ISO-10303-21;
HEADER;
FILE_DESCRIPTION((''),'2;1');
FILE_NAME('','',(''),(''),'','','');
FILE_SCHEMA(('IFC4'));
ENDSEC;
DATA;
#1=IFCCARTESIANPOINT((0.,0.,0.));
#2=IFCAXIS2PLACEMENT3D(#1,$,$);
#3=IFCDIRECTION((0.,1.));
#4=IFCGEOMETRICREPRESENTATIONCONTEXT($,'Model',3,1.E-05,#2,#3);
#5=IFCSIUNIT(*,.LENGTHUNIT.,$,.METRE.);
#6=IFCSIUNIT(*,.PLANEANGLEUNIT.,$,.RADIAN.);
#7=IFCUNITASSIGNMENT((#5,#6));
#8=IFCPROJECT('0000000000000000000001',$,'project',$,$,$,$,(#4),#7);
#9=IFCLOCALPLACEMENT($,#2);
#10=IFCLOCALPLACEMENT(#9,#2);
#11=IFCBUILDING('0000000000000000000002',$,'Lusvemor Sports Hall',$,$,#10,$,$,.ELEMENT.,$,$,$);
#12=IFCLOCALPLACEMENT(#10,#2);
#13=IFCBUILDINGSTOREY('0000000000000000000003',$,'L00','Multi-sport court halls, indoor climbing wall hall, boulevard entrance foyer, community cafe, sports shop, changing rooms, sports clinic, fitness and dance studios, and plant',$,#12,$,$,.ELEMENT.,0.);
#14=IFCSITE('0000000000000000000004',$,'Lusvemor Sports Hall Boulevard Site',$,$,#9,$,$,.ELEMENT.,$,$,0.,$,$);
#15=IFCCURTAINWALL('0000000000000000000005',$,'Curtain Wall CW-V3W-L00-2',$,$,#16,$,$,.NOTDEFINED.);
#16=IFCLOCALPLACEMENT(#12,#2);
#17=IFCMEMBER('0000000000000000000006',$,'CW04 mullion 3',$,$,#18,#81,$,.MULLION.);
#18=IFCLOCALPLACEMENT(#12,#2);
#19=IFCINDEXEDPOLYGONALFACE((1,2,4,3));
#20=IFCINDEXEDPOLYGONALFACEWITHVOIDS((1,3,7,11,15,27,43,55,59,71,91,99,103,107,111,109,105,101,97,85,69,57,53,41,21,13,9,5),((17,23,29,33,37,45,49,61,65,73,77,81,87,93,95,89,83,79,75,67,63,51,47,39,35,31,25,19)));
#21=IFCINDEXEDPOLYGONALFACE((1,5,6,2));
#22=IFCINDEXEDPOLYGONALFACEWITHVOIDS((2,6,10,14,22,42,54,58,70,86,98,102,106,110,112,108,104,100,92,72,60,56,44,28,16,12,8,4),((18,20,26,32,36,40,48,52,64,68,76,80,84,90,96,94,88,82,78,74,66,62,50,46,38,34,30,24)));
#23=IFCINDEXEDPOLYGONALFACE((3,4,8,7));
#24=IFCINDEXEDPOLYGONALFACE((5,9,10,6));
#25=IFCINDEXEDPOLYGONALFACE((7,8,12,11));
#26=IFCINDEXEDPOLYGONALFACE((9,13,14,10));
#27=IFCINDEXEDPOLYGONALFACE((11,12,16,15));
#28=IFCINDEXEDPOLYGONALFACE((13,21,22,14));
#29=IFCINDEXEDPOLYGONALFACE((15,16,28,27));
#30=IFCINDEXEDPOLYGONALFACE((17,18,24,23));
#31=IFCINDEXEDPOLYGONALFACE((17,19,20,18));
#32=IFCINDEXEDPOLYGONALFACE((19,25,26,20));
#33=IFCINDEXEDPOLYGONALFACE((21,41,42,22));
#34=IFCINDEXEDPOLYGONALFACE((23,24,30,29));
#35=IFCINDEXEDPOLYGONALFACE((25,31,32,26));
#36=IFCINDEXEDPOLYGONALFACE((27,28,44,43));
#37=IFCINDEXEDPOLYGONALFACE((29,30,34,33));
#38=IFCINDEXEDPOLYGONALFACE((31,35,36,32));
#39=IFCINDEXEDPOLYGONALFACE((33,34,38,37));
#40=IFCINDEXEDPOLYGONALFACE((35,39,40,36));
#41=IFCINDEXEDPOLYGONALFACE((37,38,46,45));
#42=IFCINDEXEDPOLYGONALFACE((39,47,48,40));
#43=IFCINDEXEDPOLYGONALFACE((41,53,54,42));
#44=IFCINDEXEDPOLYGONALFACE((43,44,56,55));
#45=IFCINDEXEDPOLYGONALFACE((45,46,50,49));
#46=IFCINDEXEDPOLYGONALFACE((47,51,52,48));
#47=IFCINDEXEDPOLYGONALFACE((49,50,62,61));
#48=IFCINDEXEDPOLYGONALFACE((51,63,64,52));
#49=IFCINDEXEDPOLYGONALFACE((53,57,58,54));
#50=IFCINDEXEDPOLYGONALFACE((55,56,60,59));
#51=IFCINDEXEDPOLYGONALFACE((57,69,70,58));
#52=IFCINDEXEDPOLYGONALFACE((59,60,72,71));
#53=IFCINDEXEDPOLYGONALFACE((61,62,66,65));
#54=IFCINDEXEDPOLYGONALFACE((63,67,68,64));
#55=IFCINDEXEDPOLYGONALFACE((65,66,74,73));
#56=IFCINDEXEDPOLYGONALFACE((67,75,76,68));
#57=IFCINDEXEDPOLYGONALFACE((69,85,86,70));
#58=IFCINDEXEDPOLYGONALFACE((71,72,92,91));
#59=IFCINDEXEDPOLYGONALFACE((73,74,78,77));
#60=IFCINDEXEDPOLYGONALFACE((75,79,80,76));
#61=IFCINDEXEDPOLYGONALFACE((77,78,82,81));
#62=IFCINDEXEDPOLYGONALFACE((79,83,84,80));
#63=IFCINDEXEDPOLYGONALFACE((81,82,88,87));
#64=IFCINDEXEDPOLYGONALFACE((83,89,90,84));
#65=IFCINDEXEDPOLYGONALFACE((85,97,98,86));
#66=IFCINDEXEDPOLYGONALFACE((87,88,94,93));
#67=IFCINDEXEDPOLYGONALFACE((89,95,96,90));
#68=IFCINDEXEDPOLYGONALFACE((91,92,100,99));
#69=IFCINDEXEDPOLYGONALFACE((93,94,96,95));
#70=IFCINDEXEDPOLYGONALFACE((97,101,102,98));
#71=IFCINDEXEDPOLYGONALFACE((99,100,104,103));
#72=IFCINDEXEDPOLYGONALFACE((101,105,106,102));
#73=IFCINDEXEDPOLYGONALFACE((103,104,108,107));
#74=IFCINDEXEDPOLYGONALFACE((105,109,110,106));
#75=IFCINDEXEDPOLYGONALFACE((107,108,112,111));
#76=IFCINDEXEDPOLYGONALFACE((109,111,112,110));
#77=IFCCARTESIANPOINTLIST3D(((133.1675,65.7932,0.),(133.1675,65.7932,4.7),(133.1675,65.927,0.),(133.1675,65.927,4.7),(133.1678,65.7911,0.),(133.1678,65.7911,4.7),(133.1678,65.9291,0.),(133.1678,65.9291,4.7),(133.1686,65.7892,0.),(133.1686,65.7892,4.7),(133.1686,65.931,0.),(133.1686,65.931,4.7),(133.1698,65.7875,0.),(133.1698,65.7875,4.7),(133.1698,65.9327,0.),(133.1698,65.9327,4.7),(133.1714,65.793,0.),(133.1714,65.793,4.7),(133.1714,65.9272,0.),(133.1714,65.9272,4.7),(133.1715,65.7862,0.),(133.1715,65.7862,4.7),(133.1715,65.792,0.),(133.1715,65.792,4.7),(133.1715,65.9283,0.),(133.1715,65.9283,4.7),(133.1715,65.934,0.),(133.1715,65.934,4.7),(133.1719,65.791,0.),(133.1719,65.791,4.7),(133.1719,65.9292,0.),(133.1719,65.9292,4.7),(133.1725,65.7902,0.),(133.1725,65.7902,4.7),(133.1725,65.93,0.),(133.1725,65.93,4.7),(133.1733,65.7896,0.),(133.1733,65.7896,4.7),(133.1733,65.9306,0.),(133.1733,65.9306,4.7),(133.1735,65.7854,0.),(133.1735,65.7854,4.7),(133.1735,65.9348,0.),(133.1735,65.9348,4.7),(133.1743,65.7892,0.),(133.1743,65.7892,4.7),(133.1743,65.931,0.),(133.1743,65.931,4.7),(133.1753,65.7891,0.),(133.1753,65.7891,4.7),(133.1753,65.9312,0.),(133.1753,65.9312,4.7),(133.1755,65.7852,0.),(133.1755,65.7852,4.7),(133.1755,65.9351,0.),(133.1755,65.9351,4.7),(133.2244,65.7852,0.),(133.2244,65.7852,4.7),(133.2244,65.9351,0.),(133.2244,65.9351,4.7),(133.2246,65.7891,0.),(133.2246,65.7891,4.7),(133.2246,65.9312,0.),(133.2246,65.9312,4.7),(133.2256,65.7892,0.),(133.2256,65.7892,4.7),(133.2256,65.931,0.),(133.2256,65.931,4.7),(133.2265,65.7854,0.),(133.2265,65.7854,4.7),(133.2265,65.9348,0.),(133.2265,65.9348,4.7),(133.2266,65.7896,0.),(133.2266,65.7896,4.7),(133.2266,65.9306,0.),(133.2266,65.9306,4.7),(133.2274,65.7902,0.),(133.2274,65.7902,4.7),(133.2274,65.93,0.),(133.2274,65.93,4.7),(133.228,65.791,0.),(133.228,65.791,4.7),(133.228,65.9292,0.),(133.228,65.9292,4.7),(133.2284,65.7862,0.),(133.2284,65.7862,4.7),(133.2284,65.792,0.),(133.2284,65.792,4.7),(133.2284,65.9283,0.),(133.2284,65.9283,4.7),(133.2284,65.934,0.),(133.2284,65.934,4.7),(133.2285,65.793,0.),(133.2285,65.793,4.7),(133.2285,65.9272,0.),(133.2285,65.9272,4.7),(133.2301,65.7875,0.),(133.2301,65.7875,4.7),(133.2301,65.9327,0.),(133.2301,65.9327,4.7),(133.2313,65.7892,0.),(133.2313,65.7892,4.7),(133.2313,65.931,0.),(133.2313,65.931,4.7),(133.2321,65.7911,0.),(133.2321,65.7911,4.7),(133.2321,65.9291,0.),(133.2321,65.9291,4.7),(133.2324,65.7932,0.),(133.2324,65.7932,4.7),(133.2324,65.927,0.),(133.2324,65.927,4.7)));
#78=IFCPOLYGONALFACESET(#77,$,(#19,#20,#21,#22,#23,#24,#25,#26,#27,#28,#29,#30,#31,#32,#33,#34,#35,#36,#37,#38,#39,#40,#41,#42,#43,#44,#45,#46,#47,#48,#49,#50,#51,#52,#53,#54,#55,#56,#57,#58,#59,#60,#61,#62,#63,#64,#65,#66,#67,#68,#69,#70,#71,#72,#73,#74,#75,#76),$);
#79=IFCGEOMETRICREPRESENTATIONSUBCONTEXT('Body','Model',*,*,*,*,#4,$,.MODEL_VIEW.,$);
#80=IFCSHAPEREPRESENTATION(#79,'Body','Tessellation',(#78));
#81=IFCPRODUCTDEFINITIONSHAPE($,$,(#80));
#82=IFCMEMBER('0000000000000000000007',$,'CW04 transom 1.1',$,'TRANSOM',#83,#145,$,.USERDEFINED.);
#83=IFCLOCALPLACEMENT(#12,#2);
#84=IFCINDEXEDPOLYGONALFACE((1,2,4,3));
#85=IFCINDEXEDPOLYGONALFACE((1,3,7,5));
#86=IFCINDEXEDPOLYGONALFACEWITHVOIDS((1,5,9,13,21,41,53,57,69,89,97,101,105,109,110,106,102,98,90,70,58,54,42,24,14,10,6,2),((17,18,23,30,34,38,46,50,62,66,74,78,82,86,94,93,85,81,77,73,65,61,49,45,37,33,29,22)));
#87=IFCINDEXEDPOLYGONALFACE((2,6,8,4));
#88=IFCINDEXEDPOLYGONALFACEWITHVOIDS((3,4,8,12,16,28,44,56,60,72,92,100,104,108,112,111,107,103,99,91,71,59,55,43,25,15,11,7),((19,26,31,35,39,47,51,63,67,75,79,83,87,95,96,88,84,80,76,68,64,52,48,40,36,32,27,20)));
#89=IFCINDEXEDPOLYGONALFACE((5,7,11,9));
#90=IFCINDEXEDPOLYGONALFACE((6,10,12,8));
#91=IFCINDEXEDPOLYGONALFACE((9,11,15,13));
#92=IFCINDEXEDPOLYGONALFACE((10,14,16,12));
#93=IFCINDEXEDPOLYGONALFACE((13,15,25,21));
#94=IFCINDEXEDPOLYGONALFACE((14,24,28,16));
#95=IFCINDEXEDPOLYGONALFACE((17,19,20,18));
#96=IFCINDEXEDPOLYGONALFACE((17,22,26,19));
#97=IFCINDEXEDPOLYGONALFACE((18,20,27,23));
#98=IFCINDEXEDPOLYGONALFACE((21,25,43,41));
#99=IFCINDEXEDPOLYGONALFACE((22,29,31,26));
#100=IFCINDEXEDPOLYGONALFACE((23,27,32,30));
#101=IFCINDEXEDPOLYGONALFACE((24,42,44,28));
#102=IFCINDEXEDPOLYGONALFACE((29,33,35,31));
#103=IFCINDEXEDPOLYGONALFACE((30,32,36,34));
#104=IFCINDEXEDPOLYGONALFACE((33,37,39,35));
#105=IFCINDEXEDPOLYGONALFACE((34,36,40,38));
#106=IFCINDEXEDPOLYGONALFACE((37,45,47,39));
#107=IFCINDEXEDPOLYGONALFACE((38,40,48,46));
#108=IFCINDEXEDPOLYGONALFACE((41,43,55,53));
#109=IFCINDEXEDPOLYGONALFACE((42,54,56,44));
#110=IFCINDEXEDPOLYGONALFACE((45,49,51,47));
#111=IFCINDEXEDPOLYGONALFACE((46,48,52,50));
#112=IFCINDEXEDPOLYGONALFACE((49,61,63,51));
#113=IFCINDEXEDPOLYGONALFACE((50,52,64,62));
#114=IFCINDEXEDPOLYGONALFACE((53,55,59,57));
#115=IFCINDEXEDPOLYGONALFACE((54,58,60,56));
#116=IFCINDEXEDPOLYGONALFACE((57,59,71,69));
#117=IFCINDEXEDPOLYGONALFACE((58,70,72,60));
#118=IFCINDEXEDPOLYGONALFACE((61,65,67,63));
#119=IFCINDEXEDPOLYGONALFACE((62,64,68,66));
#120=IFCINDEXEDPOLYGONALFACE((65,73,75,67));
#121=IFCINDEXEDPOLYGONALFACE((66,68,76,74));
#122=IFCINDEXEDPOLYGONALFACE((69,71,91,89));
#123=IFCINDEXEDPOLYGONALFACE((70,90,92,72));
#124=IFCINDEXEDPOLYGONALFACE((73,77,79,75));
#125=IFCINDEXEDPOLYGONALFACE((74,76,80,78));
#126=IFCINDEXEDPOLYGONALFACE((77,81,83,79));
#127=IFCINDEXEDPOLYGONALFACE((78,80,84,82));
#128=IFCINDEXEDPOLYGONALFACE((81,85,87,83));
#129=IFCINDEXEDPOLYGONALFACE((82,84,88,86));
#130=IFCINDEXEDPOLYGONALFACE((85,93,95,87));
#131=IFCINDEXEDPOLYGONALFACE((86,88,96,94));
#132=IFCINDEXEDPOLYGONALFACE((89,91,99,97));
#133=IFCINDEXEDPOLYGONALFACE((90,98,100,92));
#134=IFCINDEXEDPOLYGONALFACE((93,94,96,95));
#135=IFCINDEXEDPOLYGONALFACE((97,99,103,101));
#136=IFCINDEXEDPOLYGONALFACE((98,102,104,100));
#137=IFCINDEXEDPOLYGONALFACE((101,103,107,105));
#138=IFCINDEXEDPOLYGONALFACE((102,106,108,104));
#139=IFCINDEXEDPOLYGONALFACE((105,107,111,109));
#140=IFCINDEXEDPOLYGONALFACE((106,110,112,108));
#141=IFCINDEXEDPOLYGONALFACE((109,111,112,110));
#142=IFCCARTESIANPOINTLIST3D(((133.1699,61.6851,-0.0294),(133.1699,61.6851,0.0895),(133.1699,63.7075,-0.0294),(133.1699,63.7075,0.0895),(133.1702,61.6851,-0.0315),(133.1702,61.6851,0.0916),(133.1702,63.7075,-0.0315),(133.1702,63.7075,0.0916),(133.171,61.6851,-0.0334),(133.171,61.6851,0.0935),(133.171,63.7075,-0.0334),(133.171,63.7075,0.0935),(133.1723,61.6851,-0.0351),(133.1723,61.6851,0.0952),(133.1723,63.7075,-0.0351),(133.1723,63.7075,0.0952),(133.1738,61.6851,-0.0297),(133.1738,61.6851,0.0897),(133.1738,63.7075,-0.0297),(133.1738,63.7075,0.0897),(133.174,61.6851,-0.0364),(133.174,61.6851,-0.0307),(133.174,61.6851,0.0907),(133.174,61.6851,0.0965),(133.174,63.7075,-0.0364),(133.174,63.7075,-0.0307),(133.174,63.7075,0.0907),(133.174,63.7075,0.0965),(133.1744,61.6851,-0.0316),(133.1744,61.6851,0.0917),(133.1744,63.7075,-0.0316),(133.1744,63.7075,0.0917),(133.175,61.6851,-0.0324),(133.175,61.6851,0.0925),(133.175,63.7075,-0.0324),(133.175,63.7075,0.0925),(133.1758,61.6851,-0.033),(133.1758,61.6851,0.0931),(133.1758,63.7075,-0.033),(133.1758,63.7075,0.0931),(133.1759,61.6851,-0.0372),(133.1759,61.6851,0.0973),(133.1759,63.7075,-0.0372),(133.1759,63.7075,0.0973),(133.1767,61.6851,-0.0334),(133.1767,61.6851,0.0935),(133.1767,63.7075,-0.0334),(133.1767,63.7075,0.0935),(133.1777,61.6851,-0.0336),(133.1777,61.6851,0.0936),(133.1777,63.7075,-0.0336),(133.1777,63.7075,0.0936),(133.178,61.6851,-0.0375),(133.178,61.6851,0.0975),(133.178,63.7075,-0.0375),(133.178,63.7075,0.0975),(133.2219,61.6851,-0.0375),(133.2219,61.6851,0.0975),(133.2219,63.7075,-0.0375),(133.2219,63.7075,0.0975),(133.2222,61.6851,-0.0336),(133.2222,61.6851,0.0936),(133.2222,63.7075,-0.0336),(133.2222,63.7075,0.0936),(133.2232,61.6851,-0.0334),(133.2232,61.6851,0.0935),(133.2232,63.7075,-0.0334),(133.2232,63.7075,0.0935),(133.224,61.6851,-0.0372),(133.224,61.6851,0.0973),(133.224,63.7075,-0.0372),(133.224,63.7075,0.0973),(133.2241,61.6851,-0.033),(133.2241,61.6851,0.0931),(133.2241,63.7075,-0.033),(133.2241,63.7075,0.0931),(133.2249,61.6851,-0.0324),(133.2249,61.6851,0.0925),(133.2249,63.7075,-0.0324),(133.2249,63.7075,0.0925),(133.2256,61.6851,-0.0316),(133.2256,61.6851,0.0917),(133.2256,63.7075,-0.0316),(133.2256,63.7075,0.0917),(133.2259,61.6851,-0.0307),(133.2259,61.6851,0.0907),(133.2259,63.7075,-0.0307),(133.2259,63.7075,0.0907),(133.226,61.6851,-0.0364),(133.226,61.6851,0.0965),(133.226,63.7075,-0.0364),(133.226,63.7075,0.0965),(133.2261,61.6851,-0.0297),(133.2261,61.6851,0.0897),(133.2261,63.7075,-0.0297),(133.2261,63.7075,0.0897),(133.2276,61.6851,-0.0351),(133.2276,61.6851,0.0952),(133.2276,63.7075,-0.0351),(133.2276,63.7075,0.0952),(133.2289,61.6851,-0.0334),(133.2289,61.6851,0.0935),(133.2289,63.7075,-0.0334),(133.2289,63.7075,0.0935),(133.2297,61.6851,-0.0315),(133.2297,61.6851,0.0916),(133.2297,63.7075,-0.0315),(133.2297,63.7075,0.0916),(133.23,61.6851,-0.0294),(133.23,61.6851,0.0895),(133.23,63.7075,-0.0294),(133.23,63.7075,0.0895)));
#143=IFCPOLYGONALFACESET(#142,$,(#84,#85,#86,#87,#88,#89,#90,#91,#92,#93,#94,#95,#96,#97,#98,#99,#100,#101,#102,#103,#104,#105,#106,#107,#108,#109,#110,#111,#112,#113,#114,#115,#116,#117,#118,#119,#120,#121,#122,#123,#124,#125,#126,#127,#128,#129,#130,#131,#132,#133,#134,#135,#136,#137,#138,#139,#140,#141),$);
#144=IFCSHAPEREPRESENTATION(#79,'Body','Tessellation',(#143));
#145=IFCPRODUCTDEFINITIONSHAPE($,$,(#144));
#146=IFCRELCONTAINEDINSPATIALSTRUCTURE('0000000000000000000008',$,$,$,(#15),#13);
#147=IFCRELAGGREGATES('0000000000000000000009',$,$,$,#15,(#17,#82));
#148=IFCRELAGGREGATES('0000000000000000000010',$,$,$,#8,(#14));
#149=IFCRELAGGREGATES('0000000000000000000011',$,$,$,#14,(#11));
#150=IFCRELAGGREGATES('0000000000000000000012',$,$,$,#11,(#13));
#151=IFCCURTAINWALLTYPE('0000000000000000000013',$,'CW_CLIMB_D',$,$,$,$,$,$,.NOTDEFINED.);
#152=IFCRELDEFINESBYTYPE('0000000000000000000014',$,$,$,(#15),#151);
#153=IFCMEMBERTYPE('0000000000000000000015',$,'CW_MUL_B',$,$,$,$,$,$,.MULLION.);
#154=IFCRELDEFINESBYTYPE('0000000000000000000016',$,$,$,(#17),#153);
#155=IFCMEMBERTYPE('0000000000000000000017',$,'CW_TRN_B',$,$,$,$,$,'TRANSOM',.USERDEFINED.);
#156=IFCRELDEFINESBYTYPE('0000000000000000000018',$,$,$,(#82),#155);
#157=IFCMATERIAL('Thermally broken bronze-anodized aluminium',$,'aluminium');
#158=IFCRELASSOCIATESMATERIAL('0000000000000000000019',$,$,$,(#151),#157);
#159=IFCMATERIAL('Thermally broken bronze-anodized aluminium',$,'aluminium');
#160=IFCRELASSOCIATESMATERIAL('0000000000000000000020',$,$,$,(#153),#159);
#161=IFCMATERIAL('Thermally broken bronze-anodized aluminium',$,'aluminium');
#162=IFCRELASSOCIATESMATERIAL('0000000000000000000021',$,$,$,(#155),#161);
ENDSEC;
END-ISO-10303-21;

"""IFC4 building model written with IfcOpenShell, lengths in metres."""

from ifc_helpers import new_model, si_unit, direction, frame, origin, origin_2d, place, context, subcontext, project, spatial, hollow_rectangle, extrude, material, material_profile, profile_set, type_object, element, aggregate, save


model = new_model("IFC4")

# Units and contexts
model_context = context("Model", 3, precision=1e-05, world=origin(), true_north=direction((0.0, 1.0)))
body_context = subcontext(model_context, "Body", "Model", "MODEL_VIEW")
ifc_project = project(units=[si_unit("LENGTHUNIT", "METRE"), si_unit("PLANEANGLEUNIT", "RADIAN")], contexts=[model_context])

# Site, building, storey
site_placement = place(None, origin())
site = spatial("IfcSite", under=ifc_project, at=site_placement, Name="Lusvemor Sports Hall Boulevard Site", CompositionType="ELEMENT", RefElevation=0.0)
building_placement = place(site_placement, origin())
building = spatial("IfcBuilding", under=site, at=building_placement, Name="Lusvemor Sports Hall", CompositionType="ELEMENT")
storey_placement = place(building_placement, origin())
storey = spatial("IfcBuildingStorey", under=building, at=storey_placement, Name="L00", Description="Multi-sport court halls, indoor climbing wall hall, boulevard entrance foyer, community cafe, sports shop, changing rooms, sports clinic, fitness and dance studios, and plant", CompositionType="ELEMENT", Elevation=0.0)

# Curtain wall, members
ifc_material_1 = material(Name="Thermally broken bronze-anodized aluminium", Category="aluminium")
curtain_wall_type = type_object("IfcCurtainWallType", Name="CW_CLIMB_D", PredefinedType="NOTDEFINED", material=ifc_material_1)
curtain_wall_placement = place(storey_placement, origin())
curtain_wall = element("IfcCurtainWall", 1, at=curtain_wall_placement, inside=storey, type_object=curtain_wall_type, Name="Curtain Wall CW-V3W-L00-2", PredefinedType="NOTDEFINED")
ifc_material_2 = material(Name="Thermally broken bronze-anodized aluminium", Category="aluminium")
ifc_material_profile_1 = material_profile(ifc_material_2, hollow_rectangle(XDim=0.0649, YDim=0.1499, WallThickness=0.0039, InnerFilletRadius=0.0039, OuterFilletRadius=0.0081, at=origin_2d()), Name="CWMUL150x65x4")
ifc_profile_set_1 = profile_set([ifc_material_profile_1], Name="Thermally broken bronze-anodized aluminium")
member_type_1 = type_object("IfcMemberType", Name="CW_MUL_B", PredefinedType="MULLION", material=ifc_profile_set_1)
member_1_placement = place(storey_placement, frame((133.2, 65.8601, 0.0), z_axis=(0.0, 0.0, 1.0), x_axis=(-1.0, 0.0, 0.0)))
member_1 = element("IfcMember", 2, at=member_1_placement, type_object=member_type_1, Name="CW04 mullion 3", PredefinedType="MULLION", context=body_context, shape_type="SweptSolid", body=[
    extrude(hollow_rectangle(XDim=0.0649, YDim=0.1499, WallThickness=0.0039, InnerFilletRadius=0.0039, OuterFilletRadius=0.0081, at=origin_2d()), origin(), (0.0, 0.0, 1.0), 4.7),
])
ifc_material_3 = material(Name="Thermally broken bronze-anodized aluminium", Category="aluminium")
ifc_material_profile_2 = material_profile(ifc_material_3, hollow_rectangle(XDim=0.0601, YDim=0.135, WallThickness=0.0039, InnerFilletRadius=0.0039, OuterFilletRadius=0.0081, at=origin_2d()), Name="CWTRN135x60x4")
ifc_profile_set_2 = profile_set([ifc_material_profile_2], Name="Thermally broken bronze-anodized aluminium")
member_type_2 = type_object("IfcMemberType", Name="CW_TRN_B", ElementType="TRANSOM", PredefinedType="USERDEFINED", material=ifc_profile_set_2)
member_2_placement = place(storey_placement, frame((133.2, 61.6851, 0.03), z_axis=(0.0, 1.0, 0.0), x_axis=(-1.0, 0.0, 0.0)))
member_2 = element("IfcMember", 3, at=member_2_placement, type_object=member_type_2, Name="CW04 transom 1.1", ObjectType="TRANSOM", PredefinedType="USERDEFINED", context=body_context, shape_type="SweptSolid", body=[
    extrude(hollow_rectangle(XDim=0.0601, YDim=0.135, WallThickness=0.0039, InnerFilletRadius=0.0039, OuterFilletRadius=0.0081, at=origin_2d()), origin(), (0.0, 0.0, 1.0), 2.0225),
])
aggregate(curtain_wall, [member_1, member_2])

save(model, "model.ifc")
